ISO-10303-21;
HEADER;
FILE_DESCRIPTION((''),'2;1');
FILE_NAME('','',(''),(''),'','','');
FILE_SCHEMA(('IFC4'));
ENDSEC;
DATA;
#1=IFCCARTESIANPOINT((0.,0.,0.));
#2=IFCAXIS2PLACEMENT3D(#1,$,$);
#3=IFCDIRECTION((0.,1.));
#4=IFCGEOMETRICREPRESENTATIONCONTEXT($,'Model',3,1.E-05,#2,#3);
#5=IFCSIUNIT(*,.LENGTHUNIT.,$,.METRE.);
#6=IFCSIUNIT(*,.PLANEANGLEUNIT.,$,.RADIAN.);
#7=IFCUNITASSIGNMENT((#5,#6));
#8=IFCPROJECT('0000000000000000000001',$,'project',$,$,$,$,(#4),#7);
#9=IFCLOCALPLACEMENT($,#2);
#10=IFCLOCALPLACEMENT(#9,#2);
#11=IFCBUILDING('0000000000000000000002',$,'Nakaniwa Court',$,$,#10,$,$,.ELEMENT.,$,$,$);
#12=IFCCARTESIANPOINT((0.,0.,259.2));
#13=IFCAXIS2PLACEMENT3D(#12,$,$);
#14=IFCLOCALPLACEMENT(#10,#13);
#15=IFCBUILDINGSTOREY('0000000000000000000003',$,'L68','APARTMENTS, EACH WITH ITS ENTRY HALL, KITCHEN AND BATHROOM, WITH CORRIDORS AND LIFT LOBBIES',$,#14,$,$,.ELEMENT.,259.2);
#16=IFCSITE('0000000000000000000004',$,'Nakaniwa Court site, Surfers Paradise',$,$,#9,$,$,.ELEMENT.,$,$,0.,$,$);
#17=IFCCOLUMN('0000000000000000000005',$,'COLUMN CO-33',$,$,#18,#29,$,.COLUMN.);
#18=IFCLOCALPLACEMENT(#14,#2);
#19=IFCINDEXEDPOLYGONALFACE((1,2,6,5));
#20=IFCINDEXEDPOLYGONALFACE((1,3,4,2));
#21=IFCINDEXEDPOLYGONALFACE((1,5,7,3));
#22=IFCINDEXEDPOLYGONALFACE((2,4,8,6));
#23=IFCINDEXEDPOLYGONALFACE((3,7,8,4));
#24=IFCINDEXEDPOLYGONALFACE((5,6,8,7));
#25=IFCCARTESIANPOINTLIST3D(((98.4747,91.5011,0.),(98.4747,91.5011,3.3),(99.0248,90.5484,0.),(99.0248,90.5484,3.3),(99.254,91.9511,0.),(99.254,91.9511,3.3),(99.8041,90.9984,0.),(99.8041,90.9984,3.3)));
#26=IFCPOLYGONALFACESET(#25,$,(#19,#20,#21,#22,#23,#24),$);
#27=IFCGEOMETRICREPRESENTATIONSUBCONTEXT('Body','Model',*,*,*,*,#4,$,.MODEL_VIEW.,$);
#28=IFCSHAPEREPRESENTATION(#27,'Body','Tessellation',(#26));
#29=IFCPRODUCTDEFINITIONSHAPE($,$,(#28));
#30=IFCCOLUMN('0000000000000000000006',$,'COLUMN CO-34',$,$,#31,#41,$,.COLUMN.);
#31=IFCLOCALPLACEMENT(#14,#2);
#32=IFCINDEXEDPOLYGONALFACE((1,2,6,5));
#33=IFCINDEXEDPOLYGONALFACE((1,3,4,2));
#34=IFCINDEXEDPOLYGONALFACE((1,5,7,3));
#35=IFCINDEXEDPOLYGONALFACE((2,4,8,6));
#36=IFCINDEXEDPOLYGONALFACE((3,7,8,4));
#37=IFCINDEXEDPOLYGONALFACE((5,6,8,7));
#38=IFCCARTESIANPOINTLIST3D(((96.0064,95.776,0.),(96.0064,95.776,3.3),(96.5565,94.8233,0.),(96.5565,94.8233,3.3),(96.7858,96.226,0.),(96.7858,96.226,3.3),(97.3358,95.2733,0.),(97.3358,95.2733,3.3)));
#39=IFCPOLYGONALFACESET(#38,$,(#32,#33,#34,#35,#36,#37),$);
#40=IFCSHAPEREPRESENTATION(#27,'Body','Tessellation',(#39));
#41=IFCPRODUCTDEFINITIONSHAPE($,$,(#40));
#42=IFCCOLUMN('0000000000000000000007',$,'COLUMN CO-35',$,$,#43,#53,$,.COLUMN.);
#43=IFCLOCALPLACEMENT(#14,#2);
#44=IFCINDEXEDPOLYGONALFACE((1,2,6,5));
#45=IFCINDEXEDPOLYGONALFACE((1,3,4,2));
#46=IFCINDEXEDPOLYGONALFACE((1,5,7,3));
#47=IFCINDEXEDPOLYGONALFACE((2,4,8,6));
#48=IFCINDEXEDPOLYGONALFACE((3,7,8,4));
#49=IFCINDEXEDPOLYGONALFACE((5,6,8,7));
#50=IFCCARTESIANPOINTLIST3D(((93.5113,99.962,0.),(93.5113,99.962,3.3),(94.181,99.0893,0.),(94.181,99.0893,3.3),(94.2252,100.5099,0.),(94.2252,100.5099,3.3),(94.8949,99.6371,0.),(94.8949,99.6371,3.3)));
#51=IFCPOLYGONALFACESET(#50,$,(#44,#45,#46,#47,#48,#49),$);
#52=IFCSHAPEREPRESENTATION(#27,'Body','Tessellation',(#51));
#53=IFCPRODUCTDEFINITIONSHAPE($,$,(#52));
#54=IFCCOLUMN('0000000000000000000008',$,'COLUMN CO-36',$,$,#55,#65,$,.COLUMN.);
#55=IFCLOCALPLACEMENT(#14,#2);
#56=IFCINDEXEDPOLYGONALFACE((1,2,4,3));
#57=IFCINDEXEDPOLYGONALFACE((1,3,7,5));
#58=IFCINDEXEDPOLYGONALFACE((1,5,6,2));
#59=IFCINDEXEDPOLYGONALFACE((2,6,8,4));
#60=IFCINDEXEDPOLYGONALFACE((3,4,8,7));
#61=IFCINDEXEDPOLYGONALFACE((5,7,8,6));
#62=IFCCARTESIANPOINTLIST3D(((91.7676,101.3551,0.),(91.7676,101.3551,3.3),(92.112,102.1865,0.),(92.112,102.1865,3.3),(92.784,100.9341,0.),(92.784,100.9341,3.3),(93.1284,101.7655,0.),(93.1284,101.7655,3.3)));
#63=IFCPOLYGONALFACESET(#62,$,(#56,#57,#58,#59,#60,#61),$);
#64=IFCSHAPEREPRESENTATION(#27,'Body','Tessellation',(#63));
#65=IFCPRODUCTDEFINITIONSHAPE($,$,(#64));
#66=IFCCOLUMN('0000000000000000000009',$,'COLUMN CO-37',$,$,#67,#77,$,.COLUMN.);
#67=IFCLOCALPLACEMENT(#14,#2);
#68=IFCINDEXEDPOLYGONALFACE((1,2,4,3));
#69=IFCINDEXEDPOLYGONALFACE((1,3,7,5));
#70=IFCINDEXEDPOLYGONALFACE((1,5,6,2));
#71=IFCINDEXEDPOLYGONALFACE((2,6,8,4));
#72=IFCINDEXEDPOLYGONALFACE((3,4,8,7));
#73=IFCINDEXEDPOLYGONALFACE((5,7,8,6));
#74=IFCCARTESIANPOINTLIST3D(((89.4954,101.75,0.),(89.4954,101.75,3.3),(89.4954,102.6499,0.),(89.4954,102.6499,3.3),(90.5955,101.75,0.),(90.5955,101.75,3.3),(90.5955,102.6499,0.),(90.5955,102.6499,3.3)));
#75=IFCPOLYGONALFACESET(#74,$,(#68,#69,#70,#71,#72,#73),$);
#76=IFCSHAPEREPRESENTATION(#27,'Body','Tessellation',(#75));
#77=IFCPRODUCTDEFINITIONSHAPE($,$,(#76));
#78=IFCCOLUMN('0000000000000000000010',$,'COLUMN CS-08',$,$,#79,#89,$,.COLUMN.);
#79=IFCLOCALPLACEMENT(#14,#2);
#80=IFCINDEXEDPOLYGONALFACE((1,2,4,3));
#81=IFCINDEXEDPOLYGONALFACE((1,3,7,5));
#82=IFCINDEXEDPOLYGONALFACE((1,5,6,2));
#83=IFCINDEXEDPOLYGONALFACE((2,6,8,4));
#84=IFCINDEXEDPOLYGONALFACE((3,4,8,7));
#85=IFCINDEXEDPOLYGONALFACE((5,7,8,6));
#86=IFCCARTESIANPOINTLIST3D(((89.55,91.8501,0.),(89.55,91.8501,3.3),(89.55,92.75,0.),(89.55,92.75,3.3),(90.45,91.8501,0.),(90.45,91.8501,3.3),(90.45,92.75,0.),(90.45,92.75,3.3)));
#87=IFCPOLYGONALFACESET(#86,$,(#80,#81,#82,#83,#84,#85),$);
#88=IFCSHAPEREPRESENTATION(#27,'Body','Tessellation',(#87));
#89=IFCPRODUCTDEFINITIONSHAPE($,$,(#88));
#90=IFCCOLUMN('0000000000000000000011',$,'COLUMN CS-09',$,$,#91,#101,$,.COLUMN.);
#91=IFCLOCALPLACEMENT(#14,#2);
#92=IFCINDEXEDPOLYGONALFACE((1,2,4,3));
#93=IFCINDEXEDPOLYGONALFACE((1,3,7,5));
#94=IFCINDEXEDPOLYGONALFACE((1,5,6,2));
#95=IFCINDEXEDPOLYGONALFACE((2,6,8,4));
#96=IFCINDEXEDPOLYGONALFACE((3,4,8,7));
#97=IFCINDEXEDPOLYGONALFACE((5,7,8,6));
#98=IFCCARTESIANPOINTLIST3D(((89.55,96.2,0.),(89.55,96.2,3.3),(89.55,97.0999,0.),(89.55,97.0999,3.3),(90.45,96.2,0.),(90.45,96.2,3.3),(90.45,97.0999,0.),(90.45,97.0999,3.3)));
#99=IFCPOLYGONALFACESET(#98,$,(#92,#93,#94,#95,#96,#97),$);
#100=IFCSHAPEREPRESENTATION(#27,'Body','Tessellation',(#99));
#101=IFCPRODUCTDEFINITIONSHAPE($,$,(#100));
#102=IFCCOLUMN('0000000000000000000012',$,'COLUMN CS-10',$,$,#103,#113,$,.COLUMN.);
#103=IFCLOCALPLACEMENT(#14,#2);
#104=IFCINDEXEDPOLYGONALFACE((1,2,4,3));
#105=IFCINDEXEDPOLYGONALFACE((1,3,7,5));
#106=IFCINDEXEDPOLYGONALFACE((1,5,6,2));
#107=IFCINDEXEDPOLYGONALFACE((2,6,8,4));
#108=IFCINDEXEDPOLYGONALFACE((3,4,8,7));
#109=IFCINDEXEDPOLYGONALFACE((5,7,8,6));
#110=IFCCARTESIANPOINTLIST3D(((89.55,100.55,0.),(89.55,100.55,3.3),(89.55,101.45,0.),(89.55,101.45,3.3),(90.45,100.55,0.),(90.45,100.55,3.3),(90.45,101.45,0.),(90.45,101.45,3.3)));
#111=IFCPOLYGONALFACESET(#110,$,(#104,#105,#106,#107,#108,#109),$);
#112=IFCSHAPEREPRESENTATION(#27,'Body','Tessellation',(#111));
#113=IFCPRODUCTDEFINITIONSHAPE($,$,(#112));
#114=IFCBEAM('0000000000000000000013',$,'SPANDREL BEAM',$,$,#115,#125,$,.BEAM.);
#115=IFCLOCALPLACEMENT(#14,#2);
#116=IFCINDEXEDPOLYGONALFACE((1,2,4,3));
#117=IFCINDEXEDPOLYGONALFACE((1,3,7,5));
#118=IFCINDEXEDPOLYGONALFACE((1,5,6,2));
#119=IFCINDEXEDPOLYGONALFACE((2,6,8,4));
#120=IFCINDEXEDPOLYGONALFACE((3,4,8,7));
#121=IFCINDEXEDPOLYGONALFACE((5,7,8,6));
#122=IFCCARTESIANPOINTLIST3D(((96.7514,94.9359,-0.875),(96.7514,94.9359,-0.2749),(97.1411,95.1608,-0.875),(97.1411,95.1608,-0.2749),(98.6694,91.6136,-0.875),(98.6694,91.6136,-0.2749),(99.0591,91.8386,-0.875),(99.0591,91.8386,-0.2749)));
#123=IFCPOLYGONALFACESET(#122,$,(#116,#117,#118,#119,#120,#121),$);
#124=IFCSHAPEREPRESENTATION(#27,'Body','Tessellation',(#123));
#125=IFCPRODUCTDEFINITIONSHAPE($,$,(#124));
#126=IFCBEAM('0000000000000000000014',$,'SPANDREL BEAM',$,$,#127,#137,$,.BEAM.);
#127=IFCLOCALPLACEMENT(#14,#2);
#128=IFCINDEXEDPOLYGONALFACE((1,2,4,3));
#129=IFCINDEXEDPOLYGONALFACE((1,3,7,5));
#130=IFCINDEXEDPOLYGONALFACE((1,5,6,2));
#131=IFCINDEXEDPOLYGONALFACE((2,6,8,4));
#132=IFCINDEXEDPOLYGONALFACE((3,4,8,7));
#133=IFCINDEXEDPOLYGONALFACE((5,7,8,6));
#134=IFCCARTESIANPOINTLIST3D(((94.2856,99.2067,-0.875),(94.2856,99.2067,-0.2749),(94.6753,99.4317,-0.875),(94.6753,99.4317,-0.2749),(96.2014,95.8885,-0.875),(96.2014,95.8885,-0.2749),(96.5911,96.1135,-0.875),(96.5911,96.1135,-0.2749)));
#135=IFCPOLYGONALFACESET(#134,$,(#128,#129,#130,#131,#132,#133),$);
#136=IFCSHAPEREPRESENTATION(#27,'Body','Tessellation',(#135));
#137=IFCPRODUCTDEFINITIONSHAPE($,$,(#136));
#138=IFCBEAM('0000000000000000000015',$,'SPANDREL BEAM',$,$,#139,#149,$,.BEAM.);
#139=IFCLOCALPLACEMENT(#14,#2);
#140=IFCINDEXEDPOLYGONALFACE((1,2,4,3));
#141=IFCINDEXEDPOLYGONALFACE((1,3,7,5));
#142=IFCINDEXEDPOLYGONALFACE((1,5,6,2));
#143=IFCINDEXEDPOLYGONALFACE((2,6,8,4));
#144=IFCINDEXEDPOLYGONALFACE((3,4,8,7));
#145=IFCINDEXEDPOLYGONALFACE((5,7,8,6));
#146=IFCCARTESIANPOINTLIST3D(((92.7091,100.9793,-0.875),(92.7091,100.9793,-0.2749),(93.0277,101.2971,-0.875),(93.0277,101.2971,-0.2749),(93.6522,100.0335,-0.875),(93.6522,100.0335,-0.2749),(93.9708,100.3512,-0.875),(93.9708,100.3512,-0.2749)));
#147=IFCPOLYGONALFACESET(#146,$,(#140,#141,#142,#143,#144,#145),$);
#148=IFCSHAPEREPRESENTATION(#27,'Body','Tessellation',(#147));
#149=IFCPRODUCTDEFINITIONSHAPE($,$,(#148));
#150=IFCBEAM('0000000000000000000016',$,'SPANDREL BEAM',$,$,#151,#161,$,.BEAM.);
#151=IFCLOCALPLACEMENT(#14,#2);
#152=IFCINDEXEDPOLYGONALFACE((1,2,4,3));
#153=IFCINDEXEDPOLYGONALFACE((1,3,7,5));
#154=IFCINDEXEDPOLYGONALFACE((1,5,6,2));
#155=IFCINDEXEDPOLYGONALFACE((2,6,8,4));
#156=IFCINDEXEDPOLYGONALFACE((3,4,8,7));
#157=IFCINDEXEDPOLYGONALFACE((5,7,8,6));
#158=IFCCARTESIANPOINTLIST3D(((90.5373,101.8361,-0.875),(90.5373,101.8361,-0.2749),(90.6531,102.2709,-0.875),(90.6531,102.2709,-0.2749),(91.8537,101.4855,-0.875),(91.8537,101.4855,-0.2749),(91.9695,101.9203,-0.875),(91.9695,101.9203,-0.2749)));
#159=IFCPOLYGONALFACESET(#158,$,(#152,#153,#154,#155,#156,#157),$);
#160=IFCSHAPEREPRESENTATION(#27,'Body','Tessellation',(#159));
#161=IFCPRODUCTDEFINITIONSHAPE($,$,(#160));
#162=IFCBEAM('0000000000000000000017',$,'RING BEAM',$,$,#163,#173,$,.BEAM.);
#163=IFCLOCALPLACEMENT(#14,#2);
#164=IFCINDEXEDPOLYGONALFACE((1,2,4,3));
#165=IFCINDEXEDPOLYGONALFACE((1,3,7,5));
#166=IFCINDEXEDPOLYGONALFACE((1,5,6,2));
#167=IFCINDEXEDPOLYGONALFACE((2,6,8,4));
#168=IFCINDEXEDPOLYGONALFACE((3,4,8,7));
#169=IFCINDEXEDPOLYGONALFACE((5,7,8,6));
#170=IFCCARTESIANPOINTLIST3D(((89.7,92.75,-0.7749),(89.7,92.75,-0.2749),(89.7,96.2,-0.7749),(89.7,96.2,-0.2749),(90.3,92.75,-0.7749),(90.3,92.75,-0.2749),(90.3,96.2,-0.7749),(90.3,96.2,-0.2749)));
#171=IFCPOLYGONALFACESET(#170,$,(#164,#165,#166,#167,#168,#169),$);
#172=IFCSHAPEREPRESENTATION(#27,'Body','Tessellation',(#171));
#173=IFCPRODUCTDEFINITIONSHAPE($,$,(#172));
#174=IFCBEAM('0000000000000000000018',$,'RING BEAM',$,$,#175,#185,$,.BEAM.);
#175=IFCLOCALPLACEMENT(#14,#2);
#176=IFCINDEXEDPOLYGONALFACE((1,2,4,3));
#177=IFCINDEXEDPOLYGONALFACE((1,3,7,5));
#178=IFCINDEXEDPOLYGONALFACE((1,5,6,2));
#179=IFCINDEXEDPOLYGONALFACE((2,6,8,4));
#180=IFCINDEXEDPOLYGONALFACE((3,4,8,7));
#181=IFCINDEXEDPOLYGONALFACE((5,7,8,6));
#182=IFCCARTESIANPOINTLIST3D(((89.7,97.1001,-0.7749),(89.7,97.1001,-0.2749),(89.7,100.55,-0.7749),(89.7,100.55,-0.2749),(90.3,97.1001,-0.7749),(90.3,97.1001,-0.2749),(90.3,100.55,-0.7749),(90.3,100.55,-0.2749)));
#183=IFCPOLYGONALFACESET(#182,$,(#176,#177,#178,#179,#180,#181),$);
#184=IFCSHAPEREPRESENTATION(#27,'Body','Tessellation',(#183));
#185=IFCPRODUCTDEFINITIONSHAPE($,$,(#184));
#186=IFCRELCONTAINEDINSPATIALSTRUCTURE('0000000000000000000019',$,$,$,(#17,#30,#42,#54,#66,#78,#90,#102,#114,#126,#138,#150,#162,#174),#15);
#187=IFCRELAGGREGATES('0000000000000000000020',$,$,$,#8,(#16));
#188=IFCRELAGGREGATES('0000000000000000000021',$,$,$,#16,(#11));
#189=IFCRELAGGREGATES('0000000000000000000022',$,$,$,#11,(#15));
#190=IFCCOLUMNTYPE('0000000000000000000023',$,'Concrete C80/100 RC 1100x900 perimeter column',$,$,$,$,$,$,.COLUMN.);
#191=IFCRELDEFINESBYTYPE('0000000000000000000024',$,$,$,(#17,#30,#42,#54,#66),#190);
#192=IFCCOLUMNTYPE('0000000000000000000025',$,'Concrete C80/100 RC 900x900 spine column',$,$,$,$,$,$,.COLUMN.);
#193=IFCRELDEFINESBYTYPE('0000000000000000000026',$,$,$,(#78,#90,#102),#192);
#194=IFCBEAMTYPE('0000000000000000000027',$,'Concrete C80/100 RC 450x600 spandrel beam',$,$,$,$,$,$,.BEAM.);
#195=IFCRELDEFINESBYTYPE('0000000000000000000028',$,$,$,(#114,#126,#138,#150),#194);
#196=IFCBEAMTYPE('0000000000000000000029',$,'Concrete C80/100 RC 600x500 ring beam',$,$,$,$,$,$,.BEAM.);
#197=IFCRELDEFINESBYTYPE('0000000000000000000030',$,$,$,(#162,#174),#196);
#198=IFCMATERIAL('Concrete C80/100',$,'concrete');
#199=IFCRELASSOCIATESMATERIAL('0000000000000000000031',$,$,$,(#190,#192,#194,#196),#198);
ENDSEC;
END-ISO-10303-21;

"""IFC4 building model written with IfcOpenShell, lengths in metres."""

from ifc_helpers import new_model, si_unit, direction, frame, origin, origin_2d, place, context, subcontext, project, spatial, rectangle, extrude, material, material_profile, profile_set, type_object, element, save


model = new_model("IFC4")

# Units and contexts
model_context = context("Model", 3, precision=1e-05, world=origin(), true_north=direction((0.0, 1.0)))
body_context = subcontext(model_context, "Body", "Model", "MODEL_VIEW")
ifc_project = project(units=[si_unit("LENGTHUNIT", "METRE"), si_unit("PLANEANGLEUNIT", "RADIAN")], contexts=[model_context])

# Site, building, storey
site_placement = place(None, origin())
site = spatial("IfcSite", under=ifc_project, at=site_placement, Name="Nakaniwa Court site, Surfers Paradise", CompositionType="ELEMENT", RefElevation=0.0)
building_placement = place(site_placement, origin())
building = spatial("IfcBuilding", under=site, at=building_placement, Name="Nakaniwa Court", CompositionType="ELEMENT")
storey_placement = place(building_placement, frame((0.0, 0.0, 259.2)))
storey = spatial("IfcBuildingStorey", under=building, at=storey_placement, Name="L68", Description="APARTMENTS, EACH WITH ITS ENTRY HALL, KITCHEN AND BATHROOM, WITH CORRIDORS AND LIFT LOBBIES", CompositionType="ELEMENT", Elevation=259.2)

# Columns
ifc_material_1 = material(Name="Concrete C80/100", Category="concrete")
ifc_material_profile_1 = material_profile(ifc_material_1, rectangle(XDim=1.1001, YDim=0.8999, at=origin_2d()), Name="Concrete C80/100 RC 1100x900 perimeter column")
ifc_profile_set_1 = profile_set([ifc_material_profile_1], Name="Concrete C80/100")
column_type_1 = type_object("IfcColumnType", Name="Concrete C80/100 RC 1100x900 perimeter column", PredefinedType="COLUMN", material=ifc_profile_set_1)
for number, where, z_axis, x_axis, name in (
    (1, (99.1394, 91.2498, 0.0), (0.0, 0.0, 1.0), (-0.5, 0.866025, 0.0), "COLUMN CO-33"),
    (2, (96.6711, 95.5247, 0.0), (0.0, 0.0, 1.0), (-0.5, 0.866025, 0.0), "COLUMN CO-34"),
    (3, (94.2031, 99.7996, 0.0), (0.0, 0.0, 1.0), (-0.608761, 0.793353, 0.0), "COLUMN CO-35"),
    (4, (92.448, 101.5603, 0.0), (0.0, 0.0, 1.0), (-0.92388, 0.382683, 0.0), "COLUMN CO-36"),
    (5, (90.0454, 102.2, 0.0), (0.0, 0.0, 1.0), (-1.0, 0.0, 0.0), "COLUMN CO-37"),
):
    element("IfcColumn", number, at=place(storey_placement, frame(where, z_axis=z_axis, x_axis=x_axis)), inside=storey, type_object=column_type_1, Name=name, PredefinedType="COLUMN", context=body_context, shape_type="SweptSolid", body=[
        extrude(rectangle(XDim=1.1001, YDim=0.8999, at=origin_2d()), origin(), (0.0, 0.0, 1.0), 3.3),
    ])
ifc_material_profile_2 = material_profile(ifc_material_1, rectangle(XDim=0.8999, YDim=0.8999, at=origin_2d()), Name="Concrete C80/100 RC 900x900 spine column")
ifc_profile_set_2 = profile_set([ifc_material_profile_2], Name="Concrete C80/100")
column_type_2 = type_object("IfcColumnType", Name="Concrete C80/100 RC 900x900 spine column", PredefinedType="COLUMN", material=ifc_profile_set_2)
for number, where, z_axis, x_axis, name in (
    (6, (90.0, 92.3, 0.0), (0.0, 0.0, 1.0), (0.0, 1.0, 0.0), "COLUMN CS-08"),
    (7, (90.0, 96.6499, 0.0), (0.0, 0.0, 1.0), (0.0, 1.0, 0.0), "COLUMN CS-09"),
    (8, (90.0, 101.0, 0.0), (0.0, 0.0, 1.0), (0.0, 1.0, 0.0), "COLUMN CS-10"),
):
    element("IfcColumn", number, at=place(storey_placement, frame(where, z_axis=z_axis, x_axis=x_axis)), inside=storey, type_object=column_type_2, Name=name, PredefinedType="COLUMN", context=body_context, shape_type="SweptSolid", body=[
        extrude(rectangle(XDim=0.8999, YDim=0.8999, at=origin_2d()), origin(), (0.0, 0.0, 1.0), 3.3),
    ])

# Beams
ifc_material_profile_3 = material_profile(ifc_material_1, rectangle(XDim=0.45, YDim=0.6001, at=origin_2d()), Name="Concrete C80/100 RC 450x600 spandrel beam")
ifc_profile_set_3 = profile_set([ifc_material_profile_3], Name="Concrete C80/100")
beam_type_1 = type_object("IfcBeamType", Name="Concrete C80/100 RC 450x600 spandrel beam", PredefinedType="BEAM", material=ifc_profile_set_3)
beam_1_placement = place(storey_placement, frame((98.8643, 91.7261, -0.575), z_axis=(-0.499972, 0.866041, 0.0), x_axis=(-0.866041, -0.499972, 0.0)))
element("IfcBeam", 9, at=beam_1_placement, inside=storey, type_object=beam_type_1, Name="SPANDREL BEAM", PredefinedType="BEAM", context=body_context, shape_type="SweptSolid", body=[
    extrude(rectangle(XDim=0.45, YDim=0.6001, at=origin_2d()), origin(), (0.0, 0.0, 1.0), 3.8362),
])
beam_2_placement = place(storey_placement, frame((96.3962, 96.001, -0.575), z_axis=(-0.500011, 0.866019, 0.0), x_axis=(-0.866019, -0.500011, 0.0)))
element("IfcBeam", 10, at=beam_2_placement, inside=storey, type_object=beam_type_1, Name="SPANDREL BEAM", PredefinedType="BEAM", context=body_context, shape_type="SweptSolid", body=[
    extrude(rectangle(XDim=0.45, YDim=0.6001, at=origin_2d()), origin(), (0.0, 0.0, 1.0), 3.8315),
])
beam_3_placement = place(storey_placement, frame((93.8115, 100.1924, -0.575), z_axis=(-0.706101, 0.708111, 0.0), x_axis=(-0.708111, -0.706101, 0.0)))
element("IfcBeam", 11, at=beam_3_placement, inside=storey, type_object=beam_type_1, Name="SPANDREL BEAM", PredefinedType="BEAM", context=body_context, shape_type="SweptSolid", body=[
    extrude(rectangle(XDim=0.45, YDim=0.6001, at=origin_2d()), origin(), (0.0, 0.0, 1.0), 1.3357),
])
beam_4_placement = place(storey_placement, frame((91.9116, 101.7029, -0.575), z_axis=(-0.966318, 0.25735, 0.0), x_axis=(-0.25735, -0.966318, 0.0)))
element("IfcBeam", 12, at=beam_4_placement, inside=storey, type_object=beam_type_1, Name="SPANDREL BEAM", PredefinedType="BEAM", context=body_context, shape_type="SweptSolid", body=[
    extrude(rectangle(XDim=0.45, YDim=0.6001, at=origin_2d()), origin(), (0.0, 0.0, 1.0), 1.3623),
])
ifc_material_profile_4 = material_profile(ifc_material_1, rectangle(XDim=0.6001, YDim=0.5, at=origin_2d()), Name="Concrete C80/100 RC 600x500 ring beam")
ifc_profile_set_4 = profile_set([ifc_material_profile_4], Name="Concrete C80/100")
beam_type_2 = type_object("IfcBeamType", Name="Concrete C80/100 RC 600x500 ring beam", PredefinedType="BEAM", material=ifc_profile_set_4)
for number, where, z_axis, x_axis, name in (
    (13, (90.0, 92.75, -0.5249), (0.0, 1.0, 0.0), (-1.0, 0.0, 0.0), "RING BEAM"),
    (14, (90.0, 97.1001, -0.5249), (0.0, 1.0, 0.0), (-1.0, 0.0, 0.0), "RING BEAM"),
):
    element("IfcBeam", number, at=place(storey_placement, frame(where, z_axis=z_axis, x_axis=x_axis)), inside=storey, type_object=beam_type_2, Name=name, PredefinedType="BEAM", context=body_context, shape_type="SweptSolid", body=[
        extrude(rectangle(XDim=0.6001, YDim=0.5, at=origin_2d()), origin(), (0.0, 0.0, 1.0), 3.45),
    ])

save(model, "model.ifc")
